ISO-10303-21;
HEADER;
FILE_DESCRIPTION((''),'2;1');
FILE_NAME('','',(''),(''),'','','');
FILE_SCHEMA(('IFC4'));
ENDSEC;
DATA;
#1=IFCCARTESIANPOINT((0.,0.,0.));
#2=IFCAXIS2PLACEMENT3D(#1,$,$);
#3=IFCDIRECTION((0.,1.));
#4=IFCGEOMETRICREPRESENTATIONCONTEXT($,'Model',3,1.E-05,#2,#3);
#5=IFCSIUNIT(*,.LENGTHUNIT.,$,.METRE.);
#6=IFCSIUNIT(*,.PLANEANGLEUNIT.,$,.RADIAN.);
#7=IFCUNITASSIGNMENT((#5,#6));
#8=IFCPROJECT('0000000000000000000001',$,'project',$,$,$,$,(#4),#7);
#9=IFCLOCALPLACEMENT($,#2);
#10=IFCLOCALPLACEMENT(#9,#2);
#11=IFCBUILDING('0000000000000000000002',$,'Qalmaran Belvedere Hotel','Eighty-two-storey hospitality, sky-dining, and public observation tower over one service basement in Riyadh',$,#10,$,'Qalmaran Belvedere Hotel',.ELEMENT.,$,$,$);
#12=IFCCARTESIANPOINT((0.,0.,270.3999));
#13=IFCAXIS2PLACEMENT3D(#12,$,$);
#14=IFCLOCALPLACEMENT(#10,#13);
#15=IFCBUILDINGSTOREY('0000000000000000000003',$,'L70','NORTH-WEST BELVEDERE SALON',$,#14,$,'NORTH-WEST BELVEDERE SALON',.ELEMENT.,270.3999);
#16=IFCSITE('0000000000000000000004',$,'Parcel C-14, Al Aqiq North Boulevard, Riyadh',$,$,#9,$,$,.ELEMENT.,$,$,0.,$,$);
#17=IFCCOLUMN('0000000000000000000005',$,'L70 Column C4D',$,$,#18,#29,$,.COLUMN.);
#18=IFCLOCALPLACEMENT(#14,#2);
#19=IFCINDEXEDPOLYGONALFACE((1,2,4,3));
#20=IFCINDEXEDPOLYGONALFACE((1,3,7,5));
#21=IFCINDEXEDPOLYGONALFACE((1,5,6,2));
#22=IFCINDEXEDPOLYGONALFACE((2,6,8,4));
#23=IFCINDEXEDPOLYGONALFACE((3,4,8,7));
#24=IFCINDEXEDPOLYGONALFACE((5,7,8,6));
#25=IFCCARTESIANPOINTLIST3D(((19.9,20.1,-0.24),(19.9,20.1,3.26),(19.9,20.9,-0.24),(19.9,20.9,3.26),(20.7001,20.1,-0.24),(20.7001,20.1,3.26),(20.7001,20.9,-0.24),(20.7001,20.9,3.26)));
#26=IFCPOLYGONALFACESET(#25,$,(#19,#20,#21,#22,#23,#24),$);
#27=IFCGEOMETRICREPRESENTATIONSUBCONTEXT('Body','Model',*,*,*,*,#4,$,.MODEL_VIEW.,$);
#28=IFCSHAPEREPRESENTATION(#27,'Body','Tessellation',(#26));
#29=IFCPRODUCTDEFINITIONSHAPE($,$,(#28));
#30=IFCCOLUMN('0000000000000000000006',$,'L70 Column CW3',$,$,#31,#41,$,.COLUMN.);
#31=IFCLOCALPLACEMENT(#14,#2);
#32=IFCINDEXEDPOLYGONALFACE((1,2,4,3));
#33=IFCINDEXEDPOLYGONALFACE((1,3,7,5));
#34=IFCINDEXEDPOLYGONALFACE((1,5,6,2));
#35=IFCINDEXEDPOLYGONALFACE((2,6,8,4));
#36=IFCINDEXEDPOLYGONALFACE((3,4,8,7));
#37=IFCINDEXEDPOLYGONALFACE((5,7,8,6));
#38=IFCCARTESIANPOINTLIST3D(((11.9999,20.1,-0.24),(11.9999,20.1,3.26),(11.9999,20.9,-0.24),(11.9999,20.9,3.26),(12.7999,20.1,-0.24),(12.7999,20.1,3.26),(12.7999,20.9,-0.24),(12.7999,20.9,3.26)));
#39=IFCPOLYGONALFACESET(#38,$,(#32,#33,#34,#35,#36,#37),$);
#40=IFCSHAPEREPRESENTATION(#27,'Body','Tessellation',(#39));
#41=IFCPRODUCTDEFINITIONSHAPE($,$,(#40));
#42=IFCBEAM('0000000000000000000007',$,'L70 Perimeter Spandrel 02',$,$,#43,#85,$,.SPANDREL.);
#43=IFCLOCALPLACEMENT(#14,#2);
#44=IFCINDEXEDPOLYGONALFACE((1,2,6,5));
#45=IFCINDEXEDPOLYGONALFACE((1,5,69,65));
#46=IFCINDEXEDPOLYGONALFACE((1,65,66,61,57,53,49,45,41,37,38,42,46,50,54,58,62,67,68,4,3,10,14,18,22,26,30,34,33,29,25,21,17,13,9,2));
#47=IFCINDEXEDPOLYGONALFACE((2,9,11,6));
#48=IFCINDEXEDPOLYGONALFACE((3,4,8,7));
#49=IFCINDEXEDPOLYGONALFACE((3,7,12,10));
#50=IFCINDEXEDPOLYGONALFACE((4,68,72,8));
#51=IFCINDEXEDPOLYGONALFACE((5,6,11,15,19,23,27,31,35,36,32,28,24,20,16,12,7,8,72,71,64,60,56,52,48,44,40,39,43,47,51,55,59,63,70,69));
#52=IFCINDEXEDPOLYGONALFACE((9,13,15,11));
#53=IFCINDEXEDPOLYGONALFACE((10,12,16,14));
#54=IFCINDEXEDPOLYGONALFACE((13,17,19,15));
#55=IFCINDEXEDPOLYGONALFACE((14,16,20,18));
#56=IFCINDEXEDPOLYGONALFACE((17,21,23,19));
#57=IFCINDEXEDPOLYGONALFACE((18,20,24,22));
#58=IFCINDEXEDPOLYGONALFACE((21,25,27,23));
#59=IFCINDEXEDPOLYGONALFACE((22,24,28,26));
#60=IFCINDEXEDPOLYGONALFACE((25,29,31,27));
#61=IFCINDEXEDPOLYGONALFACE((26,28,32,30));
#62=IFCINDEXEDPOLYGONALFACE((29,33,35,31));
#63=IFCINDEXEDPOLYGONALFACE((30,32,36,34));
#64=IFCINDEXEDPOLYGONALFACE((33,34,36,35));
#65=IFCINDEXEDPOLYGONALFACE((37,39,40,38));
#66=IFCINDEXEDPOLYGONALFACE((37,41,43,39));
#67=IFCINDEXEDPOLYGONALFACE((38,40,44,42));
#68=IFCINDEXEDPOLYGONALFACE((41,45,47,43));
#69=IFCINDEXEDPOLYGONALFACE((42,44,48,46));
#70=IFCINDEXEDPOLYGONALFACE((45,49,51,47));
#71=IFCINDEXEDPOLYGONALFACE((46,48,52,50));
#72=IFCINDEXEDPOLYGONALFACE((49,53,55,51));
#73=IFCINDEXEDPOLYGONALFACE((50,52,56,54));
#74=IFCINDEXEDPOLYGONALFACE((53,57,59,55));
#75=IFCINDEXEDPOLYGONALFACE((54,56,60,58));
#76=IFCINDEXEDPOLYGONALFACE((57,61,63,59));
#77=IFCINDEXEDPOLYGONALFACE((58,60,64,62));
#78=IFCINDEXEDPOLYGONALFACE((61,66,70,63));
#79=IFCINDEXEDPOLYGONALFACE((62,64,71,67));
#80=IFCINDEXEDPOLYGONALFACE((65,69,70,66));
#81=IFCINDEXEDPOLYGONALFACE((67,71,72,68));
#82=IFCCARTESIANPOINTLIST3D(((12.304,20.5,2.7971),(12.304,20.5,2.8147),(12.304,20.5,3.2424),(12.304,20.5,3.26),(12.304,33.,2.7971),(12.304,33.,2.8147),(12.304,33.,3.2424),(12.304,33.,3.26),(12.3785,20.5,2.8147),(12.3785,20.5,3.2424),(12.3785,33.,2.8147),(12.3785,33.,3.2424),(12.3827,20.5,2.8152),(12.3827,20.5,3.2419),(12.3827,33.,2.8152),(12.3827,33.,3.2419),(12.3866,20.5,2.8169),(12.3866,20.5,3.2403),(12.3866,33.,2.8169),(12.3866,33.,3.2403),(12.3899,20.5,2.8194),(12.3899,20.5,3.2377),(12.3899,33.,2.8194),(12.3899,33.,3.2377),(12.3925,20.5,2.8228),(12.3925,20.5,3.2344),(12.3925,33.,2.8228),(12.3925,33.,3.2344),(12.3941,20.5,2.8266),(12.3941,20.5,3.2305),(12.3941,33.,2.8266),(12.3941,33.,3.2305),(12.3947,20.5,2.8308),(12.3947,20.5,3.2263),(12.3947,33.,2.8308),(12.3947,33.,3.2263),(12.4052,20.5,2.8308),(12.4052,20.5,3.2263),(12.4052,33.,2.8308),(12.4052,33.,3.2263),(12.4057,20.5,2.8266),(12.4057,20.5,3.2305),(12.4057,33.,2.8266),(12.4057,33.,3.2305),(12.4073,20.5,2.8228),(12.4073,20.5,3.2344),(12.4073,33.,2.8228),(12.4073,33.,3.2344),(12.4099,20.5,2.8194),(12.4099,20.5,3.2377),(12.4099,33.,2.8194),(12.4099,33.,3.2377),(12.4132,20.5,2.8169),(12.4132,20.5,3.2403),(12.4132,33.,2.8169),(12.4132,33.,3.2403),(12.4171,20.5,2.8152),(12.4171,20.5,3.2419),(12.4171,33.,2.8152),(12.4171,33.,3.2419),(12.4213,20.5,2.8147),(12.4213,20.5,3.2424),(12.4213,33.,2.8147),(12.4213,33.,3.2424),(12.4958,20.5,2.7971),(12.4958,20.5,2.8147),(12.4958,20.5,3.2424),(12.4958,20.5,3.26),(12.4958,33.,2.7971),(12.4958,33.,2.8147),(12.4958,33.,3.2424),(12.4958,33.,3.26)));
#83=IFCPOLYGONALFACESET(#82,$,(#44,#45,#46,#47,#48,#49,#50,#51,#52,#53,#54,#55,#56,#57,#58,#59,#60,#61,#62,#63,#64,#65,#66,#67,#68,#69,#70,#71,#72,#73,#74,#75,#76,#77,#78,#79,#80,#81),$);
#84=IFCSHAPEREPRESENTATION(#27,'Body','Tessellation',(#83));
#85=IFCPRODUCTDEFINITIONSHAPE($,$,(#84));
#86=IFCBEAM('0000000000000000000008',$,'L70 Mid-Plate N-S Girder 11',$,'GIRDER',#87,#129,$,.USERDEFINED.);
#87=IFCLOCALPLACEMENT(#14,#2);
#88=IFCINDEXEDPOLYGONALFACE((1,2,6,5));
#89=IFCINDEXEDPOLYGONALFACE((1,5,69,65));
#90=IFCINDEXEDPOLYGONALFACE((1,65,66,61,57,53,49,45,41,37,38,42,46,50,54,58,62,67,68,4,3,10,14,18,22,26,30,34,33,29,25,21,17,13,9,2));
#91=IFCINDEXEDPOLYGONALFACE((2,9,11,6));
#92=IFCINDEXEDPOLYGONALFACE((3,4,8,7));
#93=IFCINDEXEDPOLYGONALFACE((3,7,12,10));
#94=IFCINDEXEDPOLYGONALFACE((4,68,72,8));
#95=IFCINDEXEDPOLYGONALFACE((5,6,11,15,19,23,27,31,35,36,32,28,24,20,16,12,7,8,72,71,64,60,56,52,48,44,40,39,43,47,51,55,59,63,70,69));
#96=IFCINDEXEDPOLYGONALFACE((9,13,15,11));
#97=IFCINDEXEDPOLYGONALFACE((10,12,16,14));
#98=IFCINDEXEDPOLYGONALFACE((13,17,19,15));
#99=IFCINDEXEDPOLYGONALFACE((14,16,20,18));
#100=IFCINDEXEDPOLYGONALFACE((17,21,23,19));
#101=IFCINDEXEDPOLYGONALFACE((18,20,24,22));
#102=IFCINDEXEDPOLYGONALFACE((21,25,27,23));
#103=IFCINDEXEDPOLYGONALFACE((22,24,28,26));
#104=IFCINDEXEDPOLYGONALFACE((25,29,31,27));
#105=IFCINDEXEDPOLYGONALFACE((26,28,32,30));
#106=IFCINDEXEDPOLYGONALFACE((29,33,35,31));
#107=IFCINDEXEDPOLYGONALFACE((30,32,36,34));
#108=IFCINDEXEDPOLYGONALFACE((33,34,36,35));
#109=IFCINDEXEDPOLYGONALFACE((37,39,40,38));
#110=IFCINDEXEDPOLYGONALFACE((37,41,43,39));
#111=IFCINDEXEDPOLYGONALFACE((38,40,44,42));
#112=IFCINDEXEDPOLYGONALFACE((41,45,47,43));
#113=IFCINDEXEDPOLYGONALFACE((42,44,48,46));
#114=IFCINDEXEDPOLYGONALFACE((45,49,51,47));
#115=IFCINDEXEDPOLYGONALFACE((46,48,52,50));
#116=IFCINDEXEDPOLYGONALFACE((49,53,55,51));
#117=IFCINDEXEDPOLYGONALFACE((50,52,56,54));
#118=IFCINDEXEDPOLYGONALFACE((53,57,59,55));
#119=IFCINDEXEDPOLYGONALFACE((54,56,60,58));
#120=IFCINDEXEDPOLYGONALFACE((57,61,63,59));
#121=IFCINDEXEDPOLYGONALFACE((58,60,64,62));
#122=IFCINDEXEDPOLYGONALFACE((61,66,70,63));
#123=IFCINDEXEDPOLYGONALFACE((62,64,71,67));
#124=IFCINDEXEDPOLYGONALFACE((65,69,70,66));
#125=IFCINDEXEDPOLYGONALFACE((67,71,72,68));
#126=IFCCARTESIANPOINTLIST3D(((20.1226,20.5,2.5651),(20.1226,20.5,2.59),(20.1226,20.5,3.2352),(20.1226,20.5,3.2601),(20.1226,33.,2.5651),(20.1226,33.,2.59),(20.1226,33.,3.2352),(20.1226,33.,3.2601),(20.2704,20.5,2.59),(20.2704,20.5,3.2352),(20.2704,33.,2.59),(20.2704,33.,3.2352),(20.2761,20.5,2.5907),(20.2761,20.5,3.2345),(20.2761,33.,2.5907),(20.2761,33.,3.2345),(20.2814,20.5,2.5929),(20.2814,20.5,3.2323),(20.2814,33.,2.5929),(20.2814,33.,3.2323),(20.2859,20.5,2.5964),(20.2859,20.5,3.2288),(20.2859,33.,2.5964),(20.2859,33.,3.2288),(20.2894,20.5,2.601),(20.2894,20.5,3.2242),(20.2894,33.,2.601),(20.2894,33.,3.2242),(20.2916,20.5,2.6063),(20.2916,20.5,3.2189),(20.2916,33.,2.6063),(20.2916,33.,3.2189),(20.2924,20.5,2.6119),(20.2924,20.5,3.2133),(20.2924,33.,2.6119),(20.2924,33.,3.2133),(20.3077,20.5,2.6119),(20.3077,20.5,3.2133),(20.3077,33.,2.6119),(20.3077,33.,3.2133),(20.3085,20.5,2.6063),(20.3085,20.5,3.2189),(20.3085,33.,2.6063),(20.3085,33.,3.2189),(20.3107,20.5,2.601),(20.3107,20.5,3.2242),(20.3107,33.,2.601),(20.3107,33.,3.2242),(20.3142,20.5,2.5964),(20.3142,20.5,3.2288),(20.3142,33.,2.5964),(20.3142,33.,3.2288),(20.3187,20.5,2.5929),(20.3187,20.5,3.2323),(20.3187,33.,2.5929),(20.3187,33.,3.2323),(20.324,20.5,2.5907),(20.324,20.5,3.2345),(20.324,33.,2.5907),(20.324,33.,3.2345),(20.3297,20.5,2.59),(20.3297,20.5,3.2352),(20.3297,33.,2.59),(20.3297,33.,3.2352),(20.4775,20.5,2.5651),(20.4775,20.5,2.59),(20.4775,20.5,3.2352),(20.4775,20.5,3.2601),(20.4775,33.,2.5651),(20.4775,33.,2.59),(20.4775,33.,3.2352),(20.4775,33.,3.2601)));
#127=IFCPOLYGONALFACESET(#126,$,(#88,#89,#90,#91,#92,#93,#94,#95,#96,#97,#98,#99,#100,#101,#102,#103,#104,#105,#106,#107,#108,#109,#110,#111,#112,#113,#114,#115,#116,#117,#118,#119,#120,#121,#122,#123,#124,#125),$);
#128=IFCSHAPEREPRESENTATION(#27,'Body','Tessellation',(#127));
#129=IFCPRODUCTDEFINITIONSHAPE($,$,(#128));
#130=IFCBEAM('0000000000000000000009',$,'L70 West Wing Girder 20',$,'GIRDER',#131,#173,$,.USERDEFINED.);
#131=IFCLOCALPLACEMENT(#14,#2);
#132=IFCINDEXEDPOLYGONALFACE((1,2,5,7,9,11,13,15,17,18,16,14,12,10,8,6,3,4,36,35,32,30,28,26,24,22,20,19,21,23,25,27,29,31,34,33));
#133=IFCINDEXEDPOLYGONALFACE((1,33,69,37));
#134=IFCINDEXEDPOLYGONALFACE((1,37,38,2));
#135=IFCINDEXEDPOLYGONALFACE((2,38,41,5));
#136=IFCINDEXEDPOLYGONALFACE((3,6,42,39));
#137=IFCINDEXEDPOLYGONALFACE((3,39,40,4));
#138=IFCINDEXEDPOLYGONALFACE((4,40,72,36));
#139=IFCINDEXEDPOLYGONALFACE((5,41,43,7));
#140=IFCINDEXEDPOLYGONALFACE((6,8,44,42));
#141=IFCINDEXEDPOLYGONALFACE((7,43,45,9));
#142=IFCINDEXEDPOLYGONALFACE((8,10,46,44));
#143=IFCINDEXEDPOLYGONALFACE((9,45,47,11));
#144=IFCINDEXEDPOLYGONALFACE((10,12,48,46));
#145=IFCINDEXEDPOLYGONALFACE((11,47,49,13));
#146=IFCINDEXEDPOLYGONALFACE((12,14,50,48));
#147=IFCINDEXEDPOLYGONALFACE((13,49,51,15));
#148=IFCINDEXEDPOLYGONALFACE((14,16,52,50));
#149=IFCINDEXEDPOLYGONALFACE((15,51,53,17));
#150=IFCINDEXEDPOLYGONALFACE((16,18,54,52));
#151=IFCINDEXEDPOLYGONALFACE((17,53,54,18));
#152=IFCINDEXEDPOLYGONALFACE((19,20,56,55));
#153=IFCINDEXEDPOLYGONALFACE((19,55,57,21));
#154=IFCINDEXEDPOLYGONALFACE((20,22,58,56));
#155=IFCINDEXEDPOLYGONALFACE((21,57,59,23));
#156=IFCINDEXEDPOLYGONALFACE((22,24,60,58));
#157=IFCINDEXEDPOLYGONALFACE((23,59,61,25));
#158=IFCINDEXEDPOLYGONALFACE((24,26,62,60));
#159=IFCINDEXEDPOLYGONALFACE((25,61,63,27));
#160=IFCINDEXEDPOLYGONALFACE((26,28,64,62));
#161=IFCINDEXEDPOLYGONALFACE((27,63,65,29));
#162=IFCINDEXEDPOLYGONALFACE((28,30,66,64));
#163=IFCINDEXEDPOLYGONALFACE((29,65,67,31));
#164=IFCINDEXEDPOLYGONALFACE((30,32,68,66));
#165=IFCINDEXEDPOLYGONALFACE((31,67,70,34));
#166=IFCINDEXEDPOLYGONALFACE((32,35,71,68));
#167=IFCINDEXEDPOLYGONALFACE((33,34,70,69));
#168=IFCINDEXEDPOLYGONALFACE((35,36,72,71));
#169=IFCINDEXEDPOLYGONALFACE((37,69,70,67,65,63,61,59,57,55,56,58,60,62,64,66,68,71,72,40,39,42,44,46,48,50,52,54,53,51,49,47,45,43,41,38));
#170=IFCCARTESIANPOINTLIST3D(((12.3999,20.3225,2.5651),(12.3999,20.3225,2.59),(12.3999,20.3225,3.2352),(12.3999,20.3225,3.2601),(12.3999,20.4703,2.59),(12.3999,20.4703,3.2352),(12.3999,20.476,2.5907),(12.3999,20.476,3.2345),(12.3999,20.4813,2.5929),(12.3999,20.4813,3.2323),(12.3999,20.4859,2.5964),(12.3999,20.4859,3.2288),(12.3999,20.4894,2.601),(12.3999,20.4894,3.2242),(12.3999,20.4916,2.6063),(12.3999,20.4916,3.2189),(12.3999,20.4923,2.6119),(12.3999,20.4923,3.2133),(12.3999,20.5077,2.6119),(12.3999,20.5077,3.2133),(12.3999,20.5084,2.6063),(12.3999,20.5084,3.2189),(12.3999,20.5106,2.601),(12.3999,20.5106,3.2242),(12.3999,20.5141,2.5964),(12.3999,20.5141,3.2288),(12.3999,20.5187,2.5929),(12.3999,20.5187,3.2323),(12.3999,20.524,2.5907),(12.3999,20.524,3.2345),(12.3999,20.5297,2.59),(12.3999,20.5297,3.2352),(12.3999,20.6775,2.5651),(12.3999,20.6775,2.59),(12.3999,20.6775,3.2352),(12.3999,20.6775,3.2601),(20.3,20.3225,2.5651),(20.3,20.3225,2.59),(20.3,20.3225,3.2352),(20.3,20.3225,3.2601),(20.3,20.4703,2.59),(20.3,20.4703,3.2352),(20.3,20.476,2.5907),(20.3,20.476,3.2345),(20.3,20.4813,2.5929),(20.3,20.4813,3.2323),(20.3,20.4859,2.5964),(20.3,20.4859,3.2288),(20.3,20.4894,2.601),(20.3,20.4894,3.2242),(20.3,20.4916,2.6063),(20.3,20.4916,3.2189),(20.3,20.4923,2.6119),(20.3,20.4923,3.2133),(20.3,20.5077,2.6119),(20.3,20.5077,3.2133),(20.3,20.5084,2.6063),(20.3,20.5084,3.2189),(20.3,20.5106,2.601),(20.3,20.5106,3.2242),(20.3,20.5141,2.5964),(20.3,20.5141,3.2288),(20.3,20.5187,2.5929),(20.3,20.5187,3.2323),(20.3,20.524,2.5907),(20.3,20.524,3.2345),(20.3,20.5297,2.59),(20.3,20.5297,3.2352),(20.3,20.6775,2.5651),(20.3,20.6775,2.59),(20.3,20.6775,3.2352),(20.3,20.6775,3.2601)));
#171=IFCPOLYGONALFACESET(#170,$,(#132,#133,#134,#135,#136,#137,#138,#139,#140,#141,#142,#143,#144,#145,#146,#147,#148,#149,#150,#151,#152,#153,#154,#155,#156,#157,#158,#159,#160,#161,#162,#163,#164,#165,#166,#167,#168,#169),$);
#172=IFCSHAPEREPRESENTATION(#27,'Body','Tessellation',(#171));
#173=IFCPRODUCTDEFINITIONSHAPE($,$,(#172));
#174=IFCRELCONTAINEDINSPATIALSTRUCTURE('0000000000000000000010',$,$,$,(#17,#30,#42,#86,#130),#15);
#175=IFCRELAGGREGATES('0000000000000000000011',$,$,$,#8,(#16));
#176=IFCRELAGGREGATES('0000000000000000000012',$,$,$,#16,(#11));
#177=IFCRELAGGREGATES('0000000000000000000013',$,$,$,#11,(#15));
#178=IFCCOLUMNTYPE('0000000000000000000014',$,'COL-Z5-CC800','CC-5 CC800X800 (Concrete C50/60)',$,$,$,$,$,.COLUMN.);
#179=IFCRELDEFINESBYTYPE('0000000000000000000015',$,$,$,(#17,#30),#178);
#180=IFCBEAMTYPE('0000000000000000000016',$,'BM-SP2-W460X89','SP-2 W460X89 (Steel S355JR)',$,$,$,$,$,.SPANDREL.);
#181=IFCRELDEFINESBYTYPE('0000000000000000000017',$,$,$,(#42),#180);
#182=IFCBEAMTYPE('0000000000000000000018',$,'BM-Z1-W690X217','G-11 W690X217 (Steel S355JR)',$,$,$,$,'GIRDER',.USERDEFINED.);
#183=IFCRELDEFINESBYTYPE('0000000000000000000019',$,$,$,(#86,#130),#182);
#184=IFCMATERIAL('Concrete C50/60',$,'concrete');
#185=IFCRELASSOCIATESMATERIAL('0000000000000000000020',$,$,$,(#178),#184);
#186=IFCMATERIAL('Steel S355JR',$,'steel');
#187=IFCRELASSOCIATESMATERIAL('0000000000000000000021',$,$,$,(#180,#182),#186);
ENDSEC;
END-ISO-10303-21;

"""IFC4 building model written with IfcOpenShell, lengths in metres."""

from ifc_helpers import new_model, si_unit, direction, frame, origin, origin_2d, place, context, subcontext, project, spatial, rectangle, i_section, extrude, material, material_profile, profile_set, type_object, element, save


model = new_model("IFC4")

# Units and contexts
model_context = context("Model", 3, precision=1e-05, world=origin(), true_north=direction((0.0, 1.0)))
body_context = subcontext(model_context, "Body", "Model", "MODEL_VIEW")
ifc_project = project(units=[si_unit("LENGTHUNIT", "METRE"), si_unit("PLANEANGLEUNIT", "RADIAN")], contexts=[model_context])

# Site, building, storey
site_placement = place(None, origin())
site = spatial("IfcSite", under=ifc_project, at=site_placement, Name="Parcel C-14, Al Aqiq North Boulevard, Riyadh", CompositionType="ELEMENT", RefElevation=0.0)
building_placement = place(site_placement, origin())
building = spatial("IfcBuilding", under=site, at=building_placement, Name="Qalmaran Belvedere Hotel", Description="Eighty-two-storey hospitality, sky-dining, and public observation tower over one service basement in Riyadh", LongName="Qalmaran Belvedere Hotel", CompositionType="ELEMENT")
storey_placement = place(building_placement, frame((0.0, 0.0, 270.3999)))
storey = spatial("IfcBuildingStorey", under=building, at=storey_placement, Name="L70", Description="NORTH-WEST BELVEDERE SALON", LongName="NORTH-WEST BELVEDERE SALON", CompositionType="ELEMENT", Elevation=270.3999)

# Columns
ifc_material_1 = material(Name="Concrete C50/60", Category="concrete")
ifc_material_profile_1 = material_profile(ifc_material_1, rectangle(XDim=0.8, YDim=0.8, at=origin_2d()), Name="CC800X800")
ifc_profile_set_1 = profile_set([ifc_material_profile_1], Name="Concrete C50/60")
column_type = type_object("IfcColumnType", Name="COL-Z5-CC800", Description="CC-5 CC800X800 (Concrete C50/60)", PredefinedType="COLUMN", material=ifc_profile_set_1)
for number, where, z_axis, x_axis, name in (
    (1, (20.3, 20.5, -0.24), (0.0, 0.0, 1.0), (1.0, 0.0, 0.0), "L70 Column C4D"),
    (2, (12.3999, 20.5, -0.24), (0.0, 0.0, 1.0), (1.0, 0.0, 0.0), "L70 Column CW3"),
):
    element("IfcColumn", number, at=place(storey_placement, frame(where, z_axis=z_axis, x_axis=x_axis)), inside=storey, type_object=column_type, Name=name, PredefinedType="COLUMN", context=body_context, shape_type="SweptSolid", body=[
        extrude(rectangle(XDim=0.8, YDim=0.8, at=origin_2d()), origin(), (0.0, 0.0, 1.0), 3.5),
    ])

# Beams
ifc_material_2 = material(Name="Steel S355JR", Category="steel")
ifc_material_profile_2 = material_profile(ifc_material_2, i_section(OverallWidth=0.1919, OverallDepth=0.4629, WebThickness=0.0105, FlangeThickness=0.0176, FilletRadius=0.0161, at=origin_2d()), Name="W460X89")
ifc_profile_set_2 = profile_set([ifc_material_profile_2], Name="Steel S355JR")
beam_type_1 = type_object("IfcBeamType", Name="BM-SP2-W460X89", Description="SP-2 W460X89 (Steel S355JR)", PredefinedType="SPANDREL", material=ifc_profile_set_2)
beam_1_placement = place(storey_placement, frame((12.3999, 20.5, 3.0286), z_axis=(0.0, 1.0, 0.0), x_axis=(-1.0, 0.0, 0.0)))
element("IfcBeam", 3, at=beam_1_placement, inside=storey, type_object=beam_type_1, Name="L70 Perimeter Spandrel 02", PredefinedType="SPANDREL", context=body_context, shape_type="SweptSolid", body=[
    extrude(i_section(OverallWidth=0.1919, OverallDepth=0.4629, WebThickness=0.0105, FlangeThickness=0.0176, FilletRadius=0.0161, at=origin_2d()), origin(), (0.0, 0.0, 1.0), 12.5),
])
ifc_material_profile_3 = material_profile(ifc_material_2, i_section(OverallWidth=0.355, OverallDepth=0.6951, WebThickness=0.0154, FlangeThickness=0.0249, FilletRadius=0.022, at=origin_2d()), Name="W690X217")
ifc_profile_set_3 = profile_set([ifc_material_profile_3], Name="Steel S355JR")
beam_type_2 = type_object("IfcBeamType", Name="BM-Z1-W690X217", Description="G-11 W690X217 (Steel S355JR)", ElementType="GIRDER", PredefinedType="USERDEFINED", material=ifc_profile_set_3)
beam_2_placement = place(storey_placement, frame((20.3, 20.5, 2.9126), z_axis=(0.0, 1.0, 0.0), x_axis=(-1.0, 0.0, 0.0)))
element("IfcBeam", 4, at=beam_2_placement, inside=storey, type_object=beam_type_2, Name="L70 Mid-Plate N-S Girder 11", ObjectType="GIRDER", PredefinedType="USERDEFINED", context=body_context, shape_type="SweptSolid", body=[
    extrude(i_section(OverallWidth=0.355, OverallDepth=0.6951, WebThickness=0.0154, FlangeThickness=0.0249, FilletRadius=0.022, at=origin_2d()), origin(), (0.0, 0.0, 1.0), 12.5),
])
beam_3_placement = place(storey_placement, frame((12.3999, 20.5, 2.9126), z_axis=(1.0, 0.0, 0.0), x_axis=(0.0, 1.0, 0.0)))
element("IfcBeam", 5, at=beam_3_placement, inside=storey, type_object=beam_type_2, Name="L70 West Wing Girder 20", ObjectType="GIRDER", PredefinedType="USERDEFINED", context=body_context, shape_type="SweptSolid", body=[
    extrude(i_section(OverallWidth=0.355, OverallDepth=0.6951, WebThickness=0.0154, FlangeThickness=0.0249, FilletRadius=0.022, at=origin_2d()), origin(), (0.0, 0.0, 1.0), 7.9001),
])

save(model, "model.ifc")
